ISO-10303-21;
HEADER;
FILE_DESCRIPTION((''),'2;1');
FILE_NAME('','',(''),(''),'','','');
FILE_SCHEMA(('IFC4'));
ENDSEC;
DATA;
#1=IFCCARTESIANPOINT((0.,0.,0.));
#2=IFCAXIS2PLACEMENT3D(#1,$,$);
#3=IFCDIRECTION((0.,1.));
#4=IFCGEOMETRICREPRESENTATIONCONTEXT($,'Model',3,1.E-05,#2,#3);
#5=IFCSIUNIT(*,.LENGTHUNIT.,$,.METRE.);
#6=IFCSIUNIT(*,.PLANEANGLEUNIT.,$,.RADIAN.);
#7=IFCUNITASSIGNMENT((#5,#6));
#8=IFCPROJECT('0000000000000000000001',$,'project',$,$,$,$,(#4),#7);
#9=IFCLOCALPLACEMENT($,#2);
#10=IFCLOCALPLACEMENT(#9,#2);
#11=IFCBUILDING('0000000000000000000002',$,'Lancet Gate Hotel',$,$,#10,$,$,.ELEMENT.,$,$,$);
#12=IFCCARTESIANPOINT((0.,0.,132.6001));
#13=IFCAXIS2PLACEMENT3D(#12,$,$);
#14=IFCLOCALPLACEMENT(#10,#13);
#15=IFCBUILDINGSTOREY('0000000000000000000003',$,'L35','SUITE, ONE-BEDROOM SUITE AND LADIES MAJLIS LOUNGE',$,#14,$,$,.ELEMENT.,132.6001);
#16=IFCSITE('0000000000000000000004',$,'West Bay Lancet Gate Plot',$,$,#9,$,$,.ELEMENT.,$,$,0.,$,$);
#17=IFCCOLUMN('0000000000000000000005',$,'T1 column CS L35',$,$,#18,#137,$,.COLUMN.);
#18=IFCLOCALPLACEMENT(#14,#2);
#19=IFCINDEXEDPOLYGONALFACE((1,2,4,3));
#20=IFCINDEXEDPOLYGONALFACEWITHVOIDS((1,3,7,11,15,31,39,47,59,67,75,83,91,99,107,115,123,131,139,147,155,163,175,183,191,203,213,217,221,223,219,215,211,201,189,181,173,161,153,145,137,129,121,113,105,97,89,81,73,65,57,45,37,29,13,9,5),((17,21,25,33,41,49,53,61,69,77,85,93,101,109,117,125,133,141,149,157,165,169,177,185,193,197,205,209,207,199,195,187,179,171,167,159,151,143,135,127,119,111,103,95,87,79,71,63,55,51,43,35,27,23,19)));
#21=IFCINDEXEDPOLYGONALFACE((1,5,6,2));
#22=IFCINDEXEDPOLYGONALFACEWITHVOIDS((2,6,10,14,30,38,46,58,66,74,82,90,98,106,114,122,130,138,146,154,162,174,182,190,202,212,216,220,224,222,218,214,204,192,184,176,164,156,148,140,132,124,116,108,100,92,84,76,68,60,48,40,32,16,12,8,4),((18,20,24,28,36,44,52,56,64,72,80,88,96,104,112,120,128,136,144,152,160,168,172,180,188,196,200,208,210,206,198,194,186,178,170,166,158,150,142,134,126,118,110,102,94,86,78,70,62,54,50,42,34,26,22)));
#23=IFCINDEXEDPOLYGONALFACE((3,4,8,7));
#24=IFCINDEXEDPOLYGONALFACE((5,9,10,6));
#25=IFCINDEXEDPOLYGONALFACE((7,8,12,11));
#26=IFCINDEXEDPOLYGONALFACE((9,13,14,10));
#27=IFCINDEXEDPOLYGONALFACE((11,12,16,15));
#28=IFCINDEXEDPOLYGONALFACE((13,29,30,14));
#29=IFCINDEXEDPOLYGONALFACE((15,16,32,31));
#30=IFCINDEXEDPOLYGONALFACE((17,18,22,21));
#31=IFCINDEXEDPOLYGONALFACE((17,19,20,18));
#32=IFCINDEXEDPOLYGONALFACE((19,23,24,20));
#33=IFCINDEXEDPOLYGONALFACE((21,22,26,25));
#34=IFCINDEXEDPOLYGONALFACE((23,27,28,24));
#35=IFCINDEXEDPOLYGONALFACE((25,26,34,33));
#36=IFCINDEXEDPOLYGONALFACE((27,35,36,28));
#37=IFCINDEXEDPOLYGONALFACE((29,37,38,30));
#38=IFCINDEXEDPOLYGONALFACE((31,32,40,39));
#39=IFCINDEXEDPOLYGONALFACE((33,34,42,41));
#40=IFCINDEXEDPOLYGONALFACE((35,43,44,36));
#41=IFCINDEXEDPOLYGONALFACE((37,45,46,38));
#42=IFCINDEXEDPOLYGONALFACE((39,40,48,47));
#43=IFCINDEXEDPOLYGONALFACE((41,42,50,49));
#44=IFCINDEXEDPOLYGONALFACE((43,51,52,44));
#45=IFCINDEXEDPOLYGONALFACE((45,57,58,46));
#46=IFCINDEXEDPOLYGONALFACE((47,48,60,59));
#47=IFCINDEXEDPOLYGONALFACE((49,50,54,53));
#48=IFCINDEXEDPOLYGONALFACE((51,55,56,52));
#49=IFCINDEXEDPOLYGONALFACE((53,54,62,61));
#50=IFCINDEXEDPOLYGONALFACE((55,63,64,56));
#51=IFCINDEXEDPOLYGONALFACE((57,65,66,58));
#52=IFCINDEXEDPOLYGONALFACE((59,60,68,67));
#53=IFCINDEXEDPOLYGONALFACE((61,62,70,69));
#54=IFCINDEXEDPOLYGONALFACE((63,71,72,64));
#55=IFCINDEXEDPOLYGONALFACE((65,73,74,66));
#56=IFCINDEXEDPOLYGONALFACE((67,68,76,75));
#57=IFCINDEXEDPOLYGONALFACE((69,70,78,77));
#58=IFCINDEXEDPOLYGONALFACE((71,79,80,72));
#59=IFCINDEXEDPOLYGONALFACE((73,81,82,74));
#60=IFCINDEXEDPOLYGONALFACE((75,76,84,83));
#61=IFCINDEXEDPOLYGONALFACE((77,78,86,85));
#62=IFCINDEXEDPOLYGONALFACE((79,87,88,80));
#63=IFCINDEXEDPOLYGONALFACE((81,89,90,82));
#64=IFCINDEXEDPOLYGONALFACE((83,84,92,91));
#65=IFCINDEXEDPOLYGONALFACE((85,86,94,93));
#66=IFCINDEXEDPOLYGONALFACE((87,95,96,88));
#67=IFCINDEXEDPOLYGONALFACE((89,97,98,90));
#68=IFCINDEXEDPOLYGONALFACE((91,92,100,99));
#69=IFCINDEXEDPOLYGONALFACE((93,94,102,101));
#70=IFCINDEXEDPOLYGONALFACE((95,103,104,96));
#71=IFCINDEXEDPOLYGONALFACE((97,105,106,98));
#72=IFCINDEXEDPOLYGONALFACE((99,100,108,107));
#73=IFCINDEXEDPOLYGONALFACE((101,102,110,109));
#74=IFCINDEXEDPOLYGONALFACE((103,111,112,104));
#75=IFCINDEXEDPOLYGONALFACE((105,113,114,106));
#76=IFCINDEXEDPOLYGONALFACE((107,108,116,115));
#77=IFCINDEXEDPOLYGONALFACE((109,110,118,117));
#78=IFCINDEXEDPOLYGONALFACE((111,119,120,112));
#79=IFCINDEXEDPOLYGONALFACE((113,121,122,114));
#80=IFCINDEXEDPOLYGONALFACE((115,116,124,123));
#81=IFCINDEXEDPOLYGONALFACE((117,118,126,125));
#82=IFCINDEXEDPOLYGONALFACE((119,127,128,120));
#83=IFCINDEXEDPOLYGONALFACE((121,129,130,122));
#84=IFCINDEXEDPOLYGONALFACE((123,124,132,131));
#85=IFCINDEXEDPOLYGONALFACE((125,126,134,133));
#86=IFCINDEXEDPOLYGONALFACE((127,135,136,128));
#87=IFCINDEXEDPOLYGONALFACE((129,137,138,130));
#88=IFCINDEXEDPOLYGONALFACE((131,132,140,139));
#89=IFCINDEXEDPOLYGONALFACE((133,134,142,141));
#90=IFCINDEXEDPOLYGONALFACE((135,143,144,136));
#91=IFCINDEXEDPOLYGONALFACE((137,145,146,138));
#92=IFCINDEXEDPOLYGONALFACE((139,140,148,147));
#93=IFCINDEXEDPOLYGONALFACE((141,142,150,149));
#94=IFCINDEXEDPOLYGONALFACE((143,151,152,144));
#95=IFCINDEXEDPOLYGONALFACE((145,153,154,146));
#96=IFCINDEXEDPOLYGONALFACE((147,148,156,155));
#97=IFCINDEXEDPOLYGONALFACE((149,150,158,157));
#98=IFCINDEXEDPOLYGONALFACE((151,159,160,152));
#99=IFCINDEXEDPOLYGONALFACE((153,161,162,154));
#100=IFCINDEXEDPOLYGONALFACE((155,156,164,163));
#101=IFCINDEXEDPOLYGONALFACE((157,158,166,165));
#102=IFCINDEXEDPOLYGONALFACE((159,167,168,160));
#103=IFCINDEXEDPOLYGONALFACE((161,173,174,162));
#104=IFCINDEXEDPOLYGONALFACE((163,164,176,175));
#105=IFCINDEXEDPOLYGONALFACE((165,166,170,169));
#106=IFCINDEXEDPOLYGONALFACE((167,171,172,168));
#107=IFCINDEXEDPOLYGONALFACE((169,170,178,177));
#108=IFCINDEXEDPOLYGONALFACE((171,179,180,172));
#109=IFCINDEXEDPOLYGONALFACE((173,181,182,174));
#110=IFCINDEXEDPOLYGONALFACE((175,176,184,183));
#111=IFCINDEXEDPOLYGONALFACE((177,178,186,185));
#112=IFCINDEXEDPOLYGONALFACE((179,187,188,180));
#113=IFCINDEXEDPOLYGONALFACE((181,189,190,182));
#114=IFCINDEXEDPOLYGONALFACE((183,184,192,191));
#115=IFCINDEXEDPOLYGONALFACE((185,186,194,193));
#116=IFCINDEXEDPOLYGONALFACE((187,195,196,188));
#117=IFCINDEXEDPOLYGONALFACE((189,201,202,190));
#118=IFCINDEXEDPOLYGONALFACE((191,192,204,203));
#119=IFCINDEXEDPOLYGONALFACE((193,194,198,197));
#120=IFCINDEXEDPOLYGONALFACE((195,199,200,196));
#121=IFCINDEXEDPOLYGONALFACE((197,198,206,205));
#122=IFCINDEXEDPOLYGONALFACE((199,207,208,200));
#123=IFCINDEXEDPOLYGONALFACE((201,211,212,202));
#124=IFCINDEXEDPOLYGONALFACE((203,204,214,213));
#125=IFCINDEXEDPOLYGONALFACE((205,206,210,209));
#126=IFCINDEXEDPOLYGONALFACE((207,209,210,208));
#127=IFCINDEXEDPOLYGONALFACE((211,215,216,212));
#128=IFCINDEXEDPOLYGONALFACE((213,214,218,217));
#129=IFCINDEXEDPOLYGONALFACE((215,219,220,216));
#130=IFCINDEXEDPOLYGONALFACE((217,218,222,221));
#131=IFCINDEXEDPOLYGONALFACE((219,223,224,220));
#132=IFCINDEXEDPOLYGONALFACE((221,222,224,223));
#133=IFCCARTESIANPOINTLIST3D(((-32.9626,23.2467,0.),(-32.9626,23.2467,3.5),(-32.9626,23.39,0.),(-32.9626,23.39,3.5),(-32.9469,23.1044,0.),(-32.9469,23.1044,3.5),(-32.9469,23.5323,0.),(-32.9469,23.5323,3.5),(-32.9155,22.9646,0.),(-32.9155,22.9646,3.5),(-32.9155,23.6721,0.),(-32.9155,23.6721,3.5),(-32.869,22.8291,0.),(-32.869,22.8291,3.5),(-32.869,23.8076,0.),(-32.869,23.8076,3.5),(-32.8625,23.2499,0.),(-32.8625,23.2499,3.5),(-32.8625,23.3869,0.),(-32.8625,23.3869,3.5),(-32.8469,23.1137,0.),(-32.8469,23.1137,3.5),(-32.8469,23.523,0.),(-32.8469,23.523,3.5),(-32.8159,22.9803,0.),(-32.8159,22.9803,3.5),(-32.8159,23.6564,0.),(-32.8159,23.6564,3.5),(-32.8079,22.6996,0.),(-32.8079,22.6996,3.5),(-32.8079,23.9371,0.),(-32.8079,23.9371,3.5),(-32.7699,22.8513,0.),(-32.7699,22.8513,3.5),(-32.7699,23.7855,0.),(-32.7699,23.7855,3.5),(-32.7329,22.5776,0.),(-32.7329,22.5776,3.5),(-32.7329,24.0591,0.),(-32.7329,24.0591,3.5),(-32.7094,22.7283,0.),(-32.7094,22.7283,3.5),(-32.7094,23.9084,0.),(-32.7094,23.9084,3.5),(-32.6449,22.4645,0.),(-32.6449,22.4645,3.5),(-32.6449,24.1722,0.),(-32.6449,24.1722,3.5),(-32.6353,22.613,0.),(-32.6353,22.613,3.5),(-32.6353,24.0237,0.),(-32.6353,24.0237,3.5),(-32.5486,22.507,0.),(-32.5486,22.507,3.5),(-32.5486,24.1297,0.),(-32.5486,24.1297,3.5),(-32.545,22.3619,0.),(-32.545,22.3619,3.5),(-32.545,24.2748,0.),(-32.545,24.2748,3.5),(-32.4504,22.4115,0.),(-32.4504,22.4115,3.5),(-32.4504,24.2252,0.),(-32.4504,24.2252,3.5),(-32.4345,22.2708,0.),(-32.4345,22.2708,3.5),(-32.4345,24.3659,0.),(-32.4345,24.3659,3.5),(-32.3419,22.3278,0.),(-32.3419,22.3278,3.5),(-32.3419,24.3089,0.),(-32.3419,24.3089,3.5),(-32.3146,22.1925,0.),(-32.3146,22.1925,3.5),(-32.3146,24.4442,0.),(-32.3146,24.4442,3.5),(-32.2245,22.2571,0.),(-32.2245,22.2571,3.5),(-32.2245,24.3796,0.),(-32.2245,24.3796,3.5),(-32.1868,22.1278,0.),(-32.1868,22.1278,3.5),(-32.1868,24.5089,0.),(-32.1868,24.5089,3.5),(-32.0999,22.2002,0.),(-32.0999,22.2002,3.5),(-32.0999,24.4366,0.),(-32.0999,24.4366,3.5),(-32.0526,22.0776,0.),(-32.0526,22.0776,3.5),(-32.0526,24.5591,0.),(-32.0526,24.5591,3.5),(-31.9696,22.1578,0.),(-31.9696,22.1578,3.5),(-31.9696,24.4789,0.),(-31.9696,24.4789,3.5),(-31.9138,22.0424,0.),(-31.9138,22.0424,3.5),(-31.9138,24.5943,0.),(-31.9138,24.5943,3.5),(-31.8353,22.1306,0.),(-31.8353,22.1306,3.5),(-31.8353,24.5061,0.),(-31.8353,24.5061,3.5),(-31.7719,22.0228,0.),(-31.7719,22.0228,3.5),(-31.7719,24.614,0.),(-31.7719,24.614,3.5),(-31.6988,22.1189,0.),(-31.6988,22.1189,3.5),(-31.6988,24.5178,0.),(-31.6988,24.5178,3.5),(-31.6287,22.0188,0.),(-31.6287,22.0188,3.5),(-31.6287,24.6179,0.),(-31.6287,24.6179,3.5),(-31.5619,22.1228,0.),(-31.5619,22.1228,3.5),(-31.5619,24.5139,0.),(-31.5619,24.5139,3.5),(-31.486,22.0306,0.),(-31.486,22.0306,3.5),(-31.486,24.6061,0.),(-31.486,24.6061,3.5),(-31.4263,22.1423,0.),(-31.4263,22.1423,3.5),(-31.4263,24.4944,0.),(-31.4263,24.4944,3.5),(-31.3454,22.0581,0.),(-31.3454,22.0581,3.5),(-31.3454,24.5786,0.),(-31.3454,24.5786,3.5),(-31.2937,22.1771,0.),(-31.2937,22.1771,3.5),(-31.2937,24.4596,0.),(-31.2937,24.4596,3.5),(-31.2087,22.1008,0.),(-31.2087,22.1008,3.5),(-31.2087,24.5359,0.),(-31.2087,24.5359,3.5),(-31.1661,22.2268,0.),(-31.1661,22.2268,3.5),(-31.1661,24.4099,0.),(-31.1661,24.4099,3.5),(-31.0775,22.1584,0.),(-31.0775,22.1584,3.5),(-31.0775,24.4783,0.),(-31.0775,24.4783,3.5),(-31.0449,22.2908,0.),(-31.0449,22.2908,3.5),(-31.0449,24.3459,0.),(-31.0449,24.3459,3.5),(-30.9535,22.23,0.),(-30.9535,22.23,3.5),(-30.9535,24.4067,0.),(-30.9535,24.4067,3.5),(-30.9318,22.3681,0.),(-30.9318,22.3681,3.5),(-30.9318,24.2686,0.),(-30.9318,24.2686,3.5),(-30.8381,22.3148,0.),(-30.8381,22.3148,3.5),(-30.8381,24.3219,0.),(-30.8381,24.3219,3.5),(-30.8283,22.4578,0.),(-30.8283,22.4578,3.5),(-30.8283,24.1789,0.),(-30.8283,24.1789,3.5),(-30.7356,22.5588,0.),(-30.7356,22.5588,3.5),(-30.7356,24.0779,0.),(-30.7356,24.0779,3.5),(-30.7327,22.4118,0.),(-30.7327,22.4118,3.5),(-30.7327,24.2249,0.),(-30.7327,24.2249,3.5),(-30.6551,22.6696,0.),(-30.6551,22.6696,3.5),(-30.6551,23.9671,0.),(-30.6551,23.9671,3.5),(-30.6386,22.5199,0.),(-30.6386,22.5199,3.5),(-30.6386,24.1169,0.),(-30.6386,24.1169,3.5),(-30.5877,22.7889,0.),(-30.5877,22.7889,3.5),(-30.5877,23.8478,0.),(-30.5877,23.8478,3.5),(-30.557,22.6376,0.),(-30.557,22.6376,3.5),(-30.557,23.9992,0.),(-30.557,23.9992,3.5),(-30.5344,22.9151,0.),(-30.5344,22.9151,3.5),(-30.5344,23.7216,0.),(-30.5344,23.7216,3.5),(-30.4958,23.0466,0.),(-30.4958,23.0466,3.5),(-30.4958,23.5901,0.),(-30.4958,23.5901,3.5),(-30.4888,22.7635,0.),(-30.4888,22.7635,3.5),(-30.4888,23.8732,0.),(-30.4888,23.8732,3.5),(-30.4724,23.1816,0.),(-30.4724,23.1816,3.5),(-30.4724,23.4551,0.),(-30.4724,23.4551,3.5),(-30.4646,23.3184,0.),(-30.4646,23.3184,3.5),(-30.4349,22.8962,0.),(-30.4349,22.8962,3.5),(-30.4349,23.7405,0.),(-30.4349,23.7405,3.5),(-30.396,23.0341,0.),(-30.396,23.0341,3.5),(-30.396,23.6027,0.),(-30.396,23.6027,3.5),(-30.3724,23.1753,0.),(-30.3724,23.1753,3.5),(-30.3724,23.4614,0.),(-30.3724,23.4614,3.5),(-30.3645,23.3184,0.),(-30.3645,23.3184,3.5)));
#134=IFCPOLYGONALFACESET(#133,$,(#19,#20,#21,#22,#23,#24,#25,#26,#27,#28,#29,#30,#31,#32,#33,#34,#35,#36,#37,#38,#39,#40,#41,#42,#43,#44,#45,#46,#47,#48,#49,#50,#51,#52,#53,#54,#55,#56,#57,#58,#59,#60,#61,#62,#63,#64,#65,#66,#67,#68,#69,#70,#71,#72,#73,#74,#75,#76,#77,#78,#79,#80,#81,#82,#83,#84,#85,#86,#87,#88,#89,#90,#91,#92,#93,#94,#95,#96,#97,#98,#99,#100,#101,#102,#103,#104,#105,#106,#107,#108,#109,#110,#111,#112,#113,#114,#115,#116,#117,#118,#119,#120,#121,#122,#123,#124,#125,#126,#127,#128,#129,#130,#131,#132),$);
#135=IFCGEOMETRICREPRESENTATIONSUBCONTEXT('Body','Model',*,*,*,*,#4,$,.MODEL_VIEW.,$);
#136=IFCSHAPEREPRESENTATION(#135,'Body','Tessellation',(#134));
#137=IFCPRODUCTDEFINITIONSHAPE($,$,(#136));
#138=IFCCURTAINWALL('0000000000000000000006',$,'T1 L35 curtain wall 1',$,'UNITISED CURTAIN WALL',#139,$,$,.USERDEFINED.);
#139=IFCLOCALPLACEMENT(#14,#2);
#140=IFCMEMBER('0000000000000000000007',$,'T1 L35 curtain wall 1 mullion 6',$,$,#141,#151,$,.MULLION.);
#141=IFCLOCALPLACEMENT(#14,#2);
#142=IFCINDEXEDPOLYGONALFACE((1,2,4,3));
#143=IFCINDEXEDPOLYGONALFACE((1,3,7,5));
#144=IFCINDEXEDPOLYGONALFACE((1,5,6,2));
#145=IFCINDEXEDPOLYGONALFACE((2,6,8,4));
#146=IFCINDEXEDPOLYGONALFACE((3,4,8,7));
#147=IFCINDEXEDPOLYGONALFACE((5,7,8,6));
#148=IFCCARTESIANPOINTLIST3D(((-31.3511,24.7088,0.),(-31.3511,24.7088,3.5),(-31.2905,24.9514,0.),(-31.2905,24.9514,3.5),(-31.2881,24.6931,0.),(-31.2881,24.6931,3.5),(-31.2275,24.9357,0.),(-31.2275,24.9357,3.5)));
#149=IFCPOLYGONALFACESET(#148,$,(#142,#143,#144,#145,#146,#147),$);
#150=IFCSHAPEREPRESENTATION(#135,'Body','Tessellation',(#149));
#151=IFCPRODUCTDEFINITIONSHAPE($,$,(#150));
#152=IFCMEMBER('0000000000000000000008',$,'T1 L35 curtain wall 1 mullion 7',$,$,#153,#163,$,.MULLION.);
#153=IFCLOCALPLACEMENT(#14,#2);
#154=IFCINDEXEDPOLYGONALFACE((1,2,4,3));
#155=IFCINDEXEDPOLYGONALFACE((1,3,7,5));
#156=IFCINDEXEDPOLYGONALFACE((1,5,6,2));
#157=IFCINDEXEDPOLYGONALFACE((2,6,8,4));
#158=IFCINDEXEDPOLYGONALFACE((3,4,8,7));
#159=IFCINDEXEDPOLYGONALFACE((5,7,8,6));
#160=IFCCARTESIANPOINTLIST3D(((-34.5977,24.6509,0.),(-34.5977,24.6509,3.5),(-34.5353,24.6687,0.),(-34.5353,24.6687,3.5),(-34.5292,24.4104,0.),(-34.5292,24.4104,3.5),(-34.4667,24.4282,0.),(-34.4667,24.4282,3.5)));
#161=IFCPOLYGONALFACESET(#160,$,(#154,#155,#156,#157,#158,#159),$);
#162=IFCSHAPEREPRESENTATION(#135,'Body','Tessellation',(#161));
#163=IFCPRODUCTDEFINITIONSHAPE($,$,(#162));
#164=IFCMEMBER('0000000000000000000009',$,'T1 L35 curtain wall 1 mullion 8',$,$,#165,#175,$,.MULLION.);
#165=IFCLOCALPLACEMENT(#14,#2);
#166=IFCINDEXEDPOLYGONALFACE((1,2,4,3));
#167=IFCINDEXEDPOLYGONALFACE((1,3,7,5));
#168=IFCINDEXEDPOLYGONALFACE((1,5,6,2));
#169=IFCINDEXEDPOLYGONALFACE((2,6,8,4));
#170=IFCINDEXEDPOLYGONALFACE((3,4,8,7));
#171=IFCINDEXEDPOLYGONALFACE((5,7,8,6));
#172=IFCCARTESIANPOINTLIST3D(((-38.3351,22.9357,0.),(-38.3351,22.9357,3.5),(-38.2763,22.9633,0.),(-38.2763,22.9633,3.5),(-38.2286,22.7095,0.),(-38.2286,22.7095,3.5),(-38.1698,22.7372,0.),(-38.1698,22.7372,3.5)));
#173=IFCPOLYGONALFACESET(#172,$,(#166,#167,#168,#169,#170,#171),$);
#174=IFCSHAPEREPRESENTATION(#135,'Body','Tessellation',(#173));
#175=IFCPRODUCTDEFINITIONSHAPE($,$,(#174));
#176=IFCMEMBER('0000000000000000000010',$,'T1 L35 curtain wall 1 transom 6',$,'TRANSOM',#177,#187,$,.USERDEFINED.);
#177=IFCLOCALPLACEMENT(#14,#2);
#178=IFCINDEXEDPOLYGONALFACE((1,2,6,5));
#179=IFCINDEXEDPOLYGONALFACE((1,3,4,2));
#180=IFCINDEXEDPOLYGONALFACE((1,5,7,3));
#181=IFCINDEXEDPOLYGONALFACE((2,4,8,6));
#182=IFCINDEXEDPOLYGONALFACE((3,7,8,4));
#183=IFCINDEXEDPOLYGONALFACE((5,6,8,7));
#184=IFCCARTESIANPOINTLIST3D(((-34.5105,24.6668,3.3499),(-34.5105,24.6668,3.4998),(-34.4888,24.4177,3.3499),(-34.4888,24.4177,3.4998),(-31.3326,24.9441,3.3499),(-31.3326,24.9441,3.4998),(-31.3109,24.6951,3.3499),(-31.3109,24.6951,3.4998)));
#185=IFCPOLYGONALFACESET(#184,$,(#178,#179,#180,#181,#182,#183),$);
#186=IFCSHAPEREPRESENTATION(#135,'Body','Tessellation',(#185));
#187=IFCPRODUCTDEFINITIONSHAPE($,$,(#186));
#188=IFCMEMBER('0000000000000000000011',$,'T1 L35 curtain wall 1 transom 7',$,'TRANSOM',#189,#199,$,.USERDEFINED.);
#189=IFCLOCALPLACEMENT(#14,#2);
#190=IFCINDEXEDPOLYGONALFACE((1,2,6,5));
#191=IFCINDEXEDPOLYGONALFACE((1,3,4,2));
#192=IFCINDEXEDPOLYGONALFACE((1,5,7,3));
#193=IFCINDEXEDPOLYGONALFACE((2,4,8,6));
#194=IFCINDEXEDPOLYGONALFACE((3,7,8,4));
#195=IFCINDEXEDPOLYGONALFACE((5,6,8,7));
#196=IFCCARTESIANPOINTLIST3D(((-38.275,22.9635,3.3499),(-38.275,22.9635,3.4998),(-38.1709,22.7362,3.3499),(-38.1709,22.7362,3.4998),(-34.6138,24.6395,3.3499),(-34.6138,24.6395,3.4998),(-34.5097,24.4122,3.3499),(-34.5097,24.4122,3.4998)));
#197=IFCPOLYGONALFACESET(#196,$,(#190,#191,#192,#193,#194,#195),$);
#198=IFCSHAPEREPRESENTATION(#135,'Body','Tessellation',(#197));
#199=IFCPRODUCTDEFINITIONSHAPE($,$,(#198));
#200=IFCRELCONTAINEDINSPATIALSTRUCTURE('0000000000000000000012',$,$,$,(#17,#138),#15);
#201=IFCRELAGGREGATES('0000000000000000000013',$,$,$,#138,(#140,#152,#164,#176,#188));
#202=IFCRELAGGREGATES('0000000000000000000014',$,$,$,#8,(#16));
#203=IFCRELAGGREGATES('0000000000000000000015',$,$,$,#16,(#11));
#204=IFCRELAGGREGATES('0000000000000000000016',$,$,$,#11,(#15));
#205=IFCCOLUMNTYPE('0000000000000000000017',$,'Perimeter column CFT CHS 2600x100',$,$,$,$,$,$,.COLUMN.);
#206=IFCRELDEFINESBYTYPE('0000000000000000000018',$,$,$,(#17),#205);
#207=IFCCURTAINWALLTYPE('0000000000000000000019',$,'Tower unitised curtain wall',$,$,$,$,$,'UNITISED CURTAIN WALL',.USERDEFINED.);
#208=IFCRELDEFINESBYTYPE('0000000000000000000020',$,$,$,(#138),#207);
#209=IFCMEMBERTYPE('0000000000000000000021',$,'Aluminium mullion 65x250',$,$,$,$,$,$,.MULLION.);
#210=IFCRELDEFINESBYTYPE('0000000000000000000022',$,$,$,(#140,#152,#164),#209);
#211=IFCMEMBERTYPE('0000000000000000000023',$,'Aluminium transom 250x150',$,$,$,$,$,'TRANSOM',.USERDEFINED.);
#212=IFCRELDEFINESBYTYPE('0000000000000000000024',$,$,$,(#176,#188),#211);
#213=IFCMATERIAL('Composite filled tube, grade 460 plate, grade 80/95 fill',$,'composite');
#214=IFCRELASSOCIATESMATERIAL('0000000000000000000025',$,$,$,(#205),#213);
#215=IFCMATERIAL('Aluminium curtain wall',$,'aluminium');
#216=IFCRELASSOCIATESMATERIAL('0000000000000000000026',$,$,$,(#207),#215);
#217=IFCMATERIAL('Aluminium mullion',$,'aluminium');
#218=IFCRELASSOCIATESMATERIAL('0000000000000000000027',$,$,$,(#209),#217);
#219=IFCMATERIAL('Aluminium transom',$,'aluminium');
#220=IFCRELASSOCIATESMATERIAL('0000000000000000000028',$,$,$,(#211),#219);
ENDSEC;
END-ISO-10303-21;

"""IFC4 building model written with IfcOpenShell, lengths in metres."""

from ifc_helpers import new_model, si_unit, direction, frame, origin, origin_2d, place, context, subcontext, project, spatial, rectangle, hollow_circle, extrude, material, material_profile, profile_set, type_object, element, aggregate, save


model = new_model("IFC4")

# Units and contexts
model_context = context("Model", 3, precision=1e-05, world=origin(), true_north=direction((0.0, 1.0)))
body_context = subcontext(model_context, "Body", "Model", "MODEL_VIEW")
ifc_project = project(units=[si_unit("LENGTHUNIT", "METRE"), si_unit("PLANEANGLEUNIT", "RADIAN")], contexts=[model_context])

# Site, building, storey
site_placement = place(None, origin())
site = spatial("IfcSite", under=ifc_project, at=site_placement, Name="West Bay Lancet Gate Plot", CompositionType="ELEMENT", RefElevation=0.0)
building_placement = place(site_placement, origin())
building = spatial("IfcBuilding", under=site, at=building_placement, Name="Lancet Gate Hotel", CompositionType="ELEMENT")
storey_placement = place(building_placement, frame((0.0, 0.0, 132.6001)))
storey = spatial("IfcBuildingStorey", under=building, at=storey_placement, Name="L35", Description="SUITE, ONE-BEDROOM SUITE AND LADIES MAJLIS LOUNGE", CompositionType="ELEMENT", Elevation=132.6001)

# Column
ifc_material_1 = material(Name="Composite filled tube, grade 460 plate, grade 80/95 fill", Category="composite")
ifc_material_profile_1 = material_profile(ifc_material_1, hollow_circle(Radius=1.3, WallThickness=0.1001, at=origin_2d()), Name="CHS 2600x100")
ifc_profile_set_1 = profile_set([ifc_material_profile_1], Name="Composite filled tube, grade 460 plate, grade 80/95 fill")
column_type = type_object("IfcColumnType", Name="Perimeter column CFT CHS 2600x100", PredefinedType="COLUMN", material=ifc_profile_set_1)
column_placement = place(storey_placement, frame((-31.6646, 23.3184, 0.0), z_axis=(0.0, 0.0, 1.0), x_axis=(1.0, 0.0, 0.0)))
element("IfcColumn", 1, at=column_placement, inside=storey, type_object=column_type, Name="T1 column CS L35", PredefinedType="COLUMN", context=body_context, shape_type="SweptSolid", body=[
    extrude(hollow_circle(Radius=1.3, WallThickness=0.1001, at=origin_2d()), origin(), (0.0, 0.0, 1.0), 3.5),
])

# Curtain wall, members
ifc_material_2 = material(Name="Aluminium curtain wall", Category="aluminium")
curtain_wall_type = type_object("IfcCurtainWallType", Name="Tower unitised curtain wall", ElementType="UNITISED CURTAIN WALL", PredefinedType="USERDEFINED", material=ifc_material_2)
curtain_wall_placement = place(storey_placement, origin())
curtain_wall = element("IfcCurtainWall", 2, at=curtain_wall_placement, inside=storey, type_object=curtain_wall_type, Name="T1 L35 curtain wall 1", ObjectType="UNITISED CURTAIN WALL", PredefinedType="USERDEFINED")
ifc_material_3 = material(Name="Aluminium mullion", Category="aluminium")
ifc_material_profile_2 = material_profile(ifc_material_3, rectangle(XDim=0.0649, YDim=0.25, at=origin_2d()), Name="MULLION 65x250")
ifc_profile_set_2 = profile_set([ifc_material_profile_2], Name="Aluminium mullion")
member_type_1 = type_object("IfcMemberType", Name="Aluminium mullion 65x250", PredefinedType="MULLION", material=ifc_profile_set_2)
member_1_placement = place(storey_placement, frame((-31.2893, 24.8223, 0.0), z_axis=(0.0, 0.0, 1.0), x_axis=(-0.970242, 0.242137, 0.0)))
member_1 = element("IfcMember", 3, at=member_1_placement, type_object=member_type_1, Name="T1 L35 curtain wall 1 mullion 6", PredefinedType="MULLION", context=body_context, shape_type="SweptSolid", body=[
    extrude(rectangle(XDim=0.0649, YDim=0.25, at=origin_2d()), origin(), (0.0, 0.0, 1.0), 3.5),
])
member_2_placement = place(storey_placement, frame((-34.5322, 24.5396, 0.0), z_axis=(0.0, 0.0, 1.0), x_axis=(-0.961653, -0.274268, 0.0)))
member_2 = element("IfcMember", 4, at=member_2_placement, type_object=member_type_1, Name="T1 L35 curtain wall 1 mullion 7", PredefinedType="MULLION", context=body_context, shape_type="SweptSolid", body=[
    extrude(rectangle(XDim=0.0649, YDim=0.25, at=origin_2d()), origin(), (0.0, 0.0, 1.0), 3.5),
])
member_3_placement = place(storey_placement, frame((-38.2524, 22.8364, 0.0), z_axis=(0.0, 0.0, 1.0), x_axis=(-0.90472, -0.426008, 0.0)))
member_3 = element("IfcMember", 5, at=member_3_placement, type_object=member_type_1, Name="T1 L35 curtain wall 1 mullion 8", PredefinedType="MULLION", context=body_context, shape_type="SweptSolid", body=[
    extrude(rectangle(XDim=0.0649, YDim=0.25, at=origin_2d()), origin(), (0.0, 0.0, 1.0), 3.5),
])
ifc_material_4 = material(Name="Aluminium transom", Category="aluminium")
ifc_material_profile_3 = material_profile(ifc_material_4, rectangle(XDim=0.25, YDim=0.1499, at=origin_2d()), Name="TRANSOM 250x150")
ifc_profile_set_3 = profile_set([ifc_material_profile_3], Name="Aluminium transom")
member_type_2 = type_object("IfcMemberType", Name="Aluminium transom 250x150", ElementType="TRANSOM", PredefinedType="USERDEFINED", material=ifc_profile_set_3)
member_4_placement = place(storey_placement, frame((-31.3218, 24.8196, 3.4248), z_axis=(-0.996214, -0.08694, 0.0), x_axis=(0.08694, -0.996214, 0.0)))
member_4 = element("IfcMember", 6, at=member_4_placement, type_object=member_type_2, Name="T1 L35 curtain wall 1 transom 6", ObjectType="TRANSOM", PredefinedType="USERDEFINED", context=body_context, shape_type="SweptSolid", body=[
    extrude(rectangle(XDim=0.25, YDim=0.1499, at=origin_2d()), origin(), (0.0, 0.0, 1.0), 3.1899),
])
member_5_placement = place(storey_placement, frame((-34.5618, 24.5259, 3.4248), z_axis=(-0.909252, -0.416245, 0.0), x_axis=(0.416245, -0.909252, 0.0)))
member_5 = element("IfcMember", 7, at=member_5_placement, type_object=member_type_2, Name="T1 L35 curtain wall 1 transom 7", ObjectType="TRANSOM", PredefinedType="USERDEFINED", context=body_context, shape_type="SweptSolid", body=[
    extrude(rectangle(XDim=0.25, YDim=0.1499, at=origin_2d()), origin(), (0.0, 0.0, 1.0), 4.0266),
])

aggregate(curtain_wall, [member_1, member_2, member_3, member_4, member_5])

save(model, "model.ifc")
